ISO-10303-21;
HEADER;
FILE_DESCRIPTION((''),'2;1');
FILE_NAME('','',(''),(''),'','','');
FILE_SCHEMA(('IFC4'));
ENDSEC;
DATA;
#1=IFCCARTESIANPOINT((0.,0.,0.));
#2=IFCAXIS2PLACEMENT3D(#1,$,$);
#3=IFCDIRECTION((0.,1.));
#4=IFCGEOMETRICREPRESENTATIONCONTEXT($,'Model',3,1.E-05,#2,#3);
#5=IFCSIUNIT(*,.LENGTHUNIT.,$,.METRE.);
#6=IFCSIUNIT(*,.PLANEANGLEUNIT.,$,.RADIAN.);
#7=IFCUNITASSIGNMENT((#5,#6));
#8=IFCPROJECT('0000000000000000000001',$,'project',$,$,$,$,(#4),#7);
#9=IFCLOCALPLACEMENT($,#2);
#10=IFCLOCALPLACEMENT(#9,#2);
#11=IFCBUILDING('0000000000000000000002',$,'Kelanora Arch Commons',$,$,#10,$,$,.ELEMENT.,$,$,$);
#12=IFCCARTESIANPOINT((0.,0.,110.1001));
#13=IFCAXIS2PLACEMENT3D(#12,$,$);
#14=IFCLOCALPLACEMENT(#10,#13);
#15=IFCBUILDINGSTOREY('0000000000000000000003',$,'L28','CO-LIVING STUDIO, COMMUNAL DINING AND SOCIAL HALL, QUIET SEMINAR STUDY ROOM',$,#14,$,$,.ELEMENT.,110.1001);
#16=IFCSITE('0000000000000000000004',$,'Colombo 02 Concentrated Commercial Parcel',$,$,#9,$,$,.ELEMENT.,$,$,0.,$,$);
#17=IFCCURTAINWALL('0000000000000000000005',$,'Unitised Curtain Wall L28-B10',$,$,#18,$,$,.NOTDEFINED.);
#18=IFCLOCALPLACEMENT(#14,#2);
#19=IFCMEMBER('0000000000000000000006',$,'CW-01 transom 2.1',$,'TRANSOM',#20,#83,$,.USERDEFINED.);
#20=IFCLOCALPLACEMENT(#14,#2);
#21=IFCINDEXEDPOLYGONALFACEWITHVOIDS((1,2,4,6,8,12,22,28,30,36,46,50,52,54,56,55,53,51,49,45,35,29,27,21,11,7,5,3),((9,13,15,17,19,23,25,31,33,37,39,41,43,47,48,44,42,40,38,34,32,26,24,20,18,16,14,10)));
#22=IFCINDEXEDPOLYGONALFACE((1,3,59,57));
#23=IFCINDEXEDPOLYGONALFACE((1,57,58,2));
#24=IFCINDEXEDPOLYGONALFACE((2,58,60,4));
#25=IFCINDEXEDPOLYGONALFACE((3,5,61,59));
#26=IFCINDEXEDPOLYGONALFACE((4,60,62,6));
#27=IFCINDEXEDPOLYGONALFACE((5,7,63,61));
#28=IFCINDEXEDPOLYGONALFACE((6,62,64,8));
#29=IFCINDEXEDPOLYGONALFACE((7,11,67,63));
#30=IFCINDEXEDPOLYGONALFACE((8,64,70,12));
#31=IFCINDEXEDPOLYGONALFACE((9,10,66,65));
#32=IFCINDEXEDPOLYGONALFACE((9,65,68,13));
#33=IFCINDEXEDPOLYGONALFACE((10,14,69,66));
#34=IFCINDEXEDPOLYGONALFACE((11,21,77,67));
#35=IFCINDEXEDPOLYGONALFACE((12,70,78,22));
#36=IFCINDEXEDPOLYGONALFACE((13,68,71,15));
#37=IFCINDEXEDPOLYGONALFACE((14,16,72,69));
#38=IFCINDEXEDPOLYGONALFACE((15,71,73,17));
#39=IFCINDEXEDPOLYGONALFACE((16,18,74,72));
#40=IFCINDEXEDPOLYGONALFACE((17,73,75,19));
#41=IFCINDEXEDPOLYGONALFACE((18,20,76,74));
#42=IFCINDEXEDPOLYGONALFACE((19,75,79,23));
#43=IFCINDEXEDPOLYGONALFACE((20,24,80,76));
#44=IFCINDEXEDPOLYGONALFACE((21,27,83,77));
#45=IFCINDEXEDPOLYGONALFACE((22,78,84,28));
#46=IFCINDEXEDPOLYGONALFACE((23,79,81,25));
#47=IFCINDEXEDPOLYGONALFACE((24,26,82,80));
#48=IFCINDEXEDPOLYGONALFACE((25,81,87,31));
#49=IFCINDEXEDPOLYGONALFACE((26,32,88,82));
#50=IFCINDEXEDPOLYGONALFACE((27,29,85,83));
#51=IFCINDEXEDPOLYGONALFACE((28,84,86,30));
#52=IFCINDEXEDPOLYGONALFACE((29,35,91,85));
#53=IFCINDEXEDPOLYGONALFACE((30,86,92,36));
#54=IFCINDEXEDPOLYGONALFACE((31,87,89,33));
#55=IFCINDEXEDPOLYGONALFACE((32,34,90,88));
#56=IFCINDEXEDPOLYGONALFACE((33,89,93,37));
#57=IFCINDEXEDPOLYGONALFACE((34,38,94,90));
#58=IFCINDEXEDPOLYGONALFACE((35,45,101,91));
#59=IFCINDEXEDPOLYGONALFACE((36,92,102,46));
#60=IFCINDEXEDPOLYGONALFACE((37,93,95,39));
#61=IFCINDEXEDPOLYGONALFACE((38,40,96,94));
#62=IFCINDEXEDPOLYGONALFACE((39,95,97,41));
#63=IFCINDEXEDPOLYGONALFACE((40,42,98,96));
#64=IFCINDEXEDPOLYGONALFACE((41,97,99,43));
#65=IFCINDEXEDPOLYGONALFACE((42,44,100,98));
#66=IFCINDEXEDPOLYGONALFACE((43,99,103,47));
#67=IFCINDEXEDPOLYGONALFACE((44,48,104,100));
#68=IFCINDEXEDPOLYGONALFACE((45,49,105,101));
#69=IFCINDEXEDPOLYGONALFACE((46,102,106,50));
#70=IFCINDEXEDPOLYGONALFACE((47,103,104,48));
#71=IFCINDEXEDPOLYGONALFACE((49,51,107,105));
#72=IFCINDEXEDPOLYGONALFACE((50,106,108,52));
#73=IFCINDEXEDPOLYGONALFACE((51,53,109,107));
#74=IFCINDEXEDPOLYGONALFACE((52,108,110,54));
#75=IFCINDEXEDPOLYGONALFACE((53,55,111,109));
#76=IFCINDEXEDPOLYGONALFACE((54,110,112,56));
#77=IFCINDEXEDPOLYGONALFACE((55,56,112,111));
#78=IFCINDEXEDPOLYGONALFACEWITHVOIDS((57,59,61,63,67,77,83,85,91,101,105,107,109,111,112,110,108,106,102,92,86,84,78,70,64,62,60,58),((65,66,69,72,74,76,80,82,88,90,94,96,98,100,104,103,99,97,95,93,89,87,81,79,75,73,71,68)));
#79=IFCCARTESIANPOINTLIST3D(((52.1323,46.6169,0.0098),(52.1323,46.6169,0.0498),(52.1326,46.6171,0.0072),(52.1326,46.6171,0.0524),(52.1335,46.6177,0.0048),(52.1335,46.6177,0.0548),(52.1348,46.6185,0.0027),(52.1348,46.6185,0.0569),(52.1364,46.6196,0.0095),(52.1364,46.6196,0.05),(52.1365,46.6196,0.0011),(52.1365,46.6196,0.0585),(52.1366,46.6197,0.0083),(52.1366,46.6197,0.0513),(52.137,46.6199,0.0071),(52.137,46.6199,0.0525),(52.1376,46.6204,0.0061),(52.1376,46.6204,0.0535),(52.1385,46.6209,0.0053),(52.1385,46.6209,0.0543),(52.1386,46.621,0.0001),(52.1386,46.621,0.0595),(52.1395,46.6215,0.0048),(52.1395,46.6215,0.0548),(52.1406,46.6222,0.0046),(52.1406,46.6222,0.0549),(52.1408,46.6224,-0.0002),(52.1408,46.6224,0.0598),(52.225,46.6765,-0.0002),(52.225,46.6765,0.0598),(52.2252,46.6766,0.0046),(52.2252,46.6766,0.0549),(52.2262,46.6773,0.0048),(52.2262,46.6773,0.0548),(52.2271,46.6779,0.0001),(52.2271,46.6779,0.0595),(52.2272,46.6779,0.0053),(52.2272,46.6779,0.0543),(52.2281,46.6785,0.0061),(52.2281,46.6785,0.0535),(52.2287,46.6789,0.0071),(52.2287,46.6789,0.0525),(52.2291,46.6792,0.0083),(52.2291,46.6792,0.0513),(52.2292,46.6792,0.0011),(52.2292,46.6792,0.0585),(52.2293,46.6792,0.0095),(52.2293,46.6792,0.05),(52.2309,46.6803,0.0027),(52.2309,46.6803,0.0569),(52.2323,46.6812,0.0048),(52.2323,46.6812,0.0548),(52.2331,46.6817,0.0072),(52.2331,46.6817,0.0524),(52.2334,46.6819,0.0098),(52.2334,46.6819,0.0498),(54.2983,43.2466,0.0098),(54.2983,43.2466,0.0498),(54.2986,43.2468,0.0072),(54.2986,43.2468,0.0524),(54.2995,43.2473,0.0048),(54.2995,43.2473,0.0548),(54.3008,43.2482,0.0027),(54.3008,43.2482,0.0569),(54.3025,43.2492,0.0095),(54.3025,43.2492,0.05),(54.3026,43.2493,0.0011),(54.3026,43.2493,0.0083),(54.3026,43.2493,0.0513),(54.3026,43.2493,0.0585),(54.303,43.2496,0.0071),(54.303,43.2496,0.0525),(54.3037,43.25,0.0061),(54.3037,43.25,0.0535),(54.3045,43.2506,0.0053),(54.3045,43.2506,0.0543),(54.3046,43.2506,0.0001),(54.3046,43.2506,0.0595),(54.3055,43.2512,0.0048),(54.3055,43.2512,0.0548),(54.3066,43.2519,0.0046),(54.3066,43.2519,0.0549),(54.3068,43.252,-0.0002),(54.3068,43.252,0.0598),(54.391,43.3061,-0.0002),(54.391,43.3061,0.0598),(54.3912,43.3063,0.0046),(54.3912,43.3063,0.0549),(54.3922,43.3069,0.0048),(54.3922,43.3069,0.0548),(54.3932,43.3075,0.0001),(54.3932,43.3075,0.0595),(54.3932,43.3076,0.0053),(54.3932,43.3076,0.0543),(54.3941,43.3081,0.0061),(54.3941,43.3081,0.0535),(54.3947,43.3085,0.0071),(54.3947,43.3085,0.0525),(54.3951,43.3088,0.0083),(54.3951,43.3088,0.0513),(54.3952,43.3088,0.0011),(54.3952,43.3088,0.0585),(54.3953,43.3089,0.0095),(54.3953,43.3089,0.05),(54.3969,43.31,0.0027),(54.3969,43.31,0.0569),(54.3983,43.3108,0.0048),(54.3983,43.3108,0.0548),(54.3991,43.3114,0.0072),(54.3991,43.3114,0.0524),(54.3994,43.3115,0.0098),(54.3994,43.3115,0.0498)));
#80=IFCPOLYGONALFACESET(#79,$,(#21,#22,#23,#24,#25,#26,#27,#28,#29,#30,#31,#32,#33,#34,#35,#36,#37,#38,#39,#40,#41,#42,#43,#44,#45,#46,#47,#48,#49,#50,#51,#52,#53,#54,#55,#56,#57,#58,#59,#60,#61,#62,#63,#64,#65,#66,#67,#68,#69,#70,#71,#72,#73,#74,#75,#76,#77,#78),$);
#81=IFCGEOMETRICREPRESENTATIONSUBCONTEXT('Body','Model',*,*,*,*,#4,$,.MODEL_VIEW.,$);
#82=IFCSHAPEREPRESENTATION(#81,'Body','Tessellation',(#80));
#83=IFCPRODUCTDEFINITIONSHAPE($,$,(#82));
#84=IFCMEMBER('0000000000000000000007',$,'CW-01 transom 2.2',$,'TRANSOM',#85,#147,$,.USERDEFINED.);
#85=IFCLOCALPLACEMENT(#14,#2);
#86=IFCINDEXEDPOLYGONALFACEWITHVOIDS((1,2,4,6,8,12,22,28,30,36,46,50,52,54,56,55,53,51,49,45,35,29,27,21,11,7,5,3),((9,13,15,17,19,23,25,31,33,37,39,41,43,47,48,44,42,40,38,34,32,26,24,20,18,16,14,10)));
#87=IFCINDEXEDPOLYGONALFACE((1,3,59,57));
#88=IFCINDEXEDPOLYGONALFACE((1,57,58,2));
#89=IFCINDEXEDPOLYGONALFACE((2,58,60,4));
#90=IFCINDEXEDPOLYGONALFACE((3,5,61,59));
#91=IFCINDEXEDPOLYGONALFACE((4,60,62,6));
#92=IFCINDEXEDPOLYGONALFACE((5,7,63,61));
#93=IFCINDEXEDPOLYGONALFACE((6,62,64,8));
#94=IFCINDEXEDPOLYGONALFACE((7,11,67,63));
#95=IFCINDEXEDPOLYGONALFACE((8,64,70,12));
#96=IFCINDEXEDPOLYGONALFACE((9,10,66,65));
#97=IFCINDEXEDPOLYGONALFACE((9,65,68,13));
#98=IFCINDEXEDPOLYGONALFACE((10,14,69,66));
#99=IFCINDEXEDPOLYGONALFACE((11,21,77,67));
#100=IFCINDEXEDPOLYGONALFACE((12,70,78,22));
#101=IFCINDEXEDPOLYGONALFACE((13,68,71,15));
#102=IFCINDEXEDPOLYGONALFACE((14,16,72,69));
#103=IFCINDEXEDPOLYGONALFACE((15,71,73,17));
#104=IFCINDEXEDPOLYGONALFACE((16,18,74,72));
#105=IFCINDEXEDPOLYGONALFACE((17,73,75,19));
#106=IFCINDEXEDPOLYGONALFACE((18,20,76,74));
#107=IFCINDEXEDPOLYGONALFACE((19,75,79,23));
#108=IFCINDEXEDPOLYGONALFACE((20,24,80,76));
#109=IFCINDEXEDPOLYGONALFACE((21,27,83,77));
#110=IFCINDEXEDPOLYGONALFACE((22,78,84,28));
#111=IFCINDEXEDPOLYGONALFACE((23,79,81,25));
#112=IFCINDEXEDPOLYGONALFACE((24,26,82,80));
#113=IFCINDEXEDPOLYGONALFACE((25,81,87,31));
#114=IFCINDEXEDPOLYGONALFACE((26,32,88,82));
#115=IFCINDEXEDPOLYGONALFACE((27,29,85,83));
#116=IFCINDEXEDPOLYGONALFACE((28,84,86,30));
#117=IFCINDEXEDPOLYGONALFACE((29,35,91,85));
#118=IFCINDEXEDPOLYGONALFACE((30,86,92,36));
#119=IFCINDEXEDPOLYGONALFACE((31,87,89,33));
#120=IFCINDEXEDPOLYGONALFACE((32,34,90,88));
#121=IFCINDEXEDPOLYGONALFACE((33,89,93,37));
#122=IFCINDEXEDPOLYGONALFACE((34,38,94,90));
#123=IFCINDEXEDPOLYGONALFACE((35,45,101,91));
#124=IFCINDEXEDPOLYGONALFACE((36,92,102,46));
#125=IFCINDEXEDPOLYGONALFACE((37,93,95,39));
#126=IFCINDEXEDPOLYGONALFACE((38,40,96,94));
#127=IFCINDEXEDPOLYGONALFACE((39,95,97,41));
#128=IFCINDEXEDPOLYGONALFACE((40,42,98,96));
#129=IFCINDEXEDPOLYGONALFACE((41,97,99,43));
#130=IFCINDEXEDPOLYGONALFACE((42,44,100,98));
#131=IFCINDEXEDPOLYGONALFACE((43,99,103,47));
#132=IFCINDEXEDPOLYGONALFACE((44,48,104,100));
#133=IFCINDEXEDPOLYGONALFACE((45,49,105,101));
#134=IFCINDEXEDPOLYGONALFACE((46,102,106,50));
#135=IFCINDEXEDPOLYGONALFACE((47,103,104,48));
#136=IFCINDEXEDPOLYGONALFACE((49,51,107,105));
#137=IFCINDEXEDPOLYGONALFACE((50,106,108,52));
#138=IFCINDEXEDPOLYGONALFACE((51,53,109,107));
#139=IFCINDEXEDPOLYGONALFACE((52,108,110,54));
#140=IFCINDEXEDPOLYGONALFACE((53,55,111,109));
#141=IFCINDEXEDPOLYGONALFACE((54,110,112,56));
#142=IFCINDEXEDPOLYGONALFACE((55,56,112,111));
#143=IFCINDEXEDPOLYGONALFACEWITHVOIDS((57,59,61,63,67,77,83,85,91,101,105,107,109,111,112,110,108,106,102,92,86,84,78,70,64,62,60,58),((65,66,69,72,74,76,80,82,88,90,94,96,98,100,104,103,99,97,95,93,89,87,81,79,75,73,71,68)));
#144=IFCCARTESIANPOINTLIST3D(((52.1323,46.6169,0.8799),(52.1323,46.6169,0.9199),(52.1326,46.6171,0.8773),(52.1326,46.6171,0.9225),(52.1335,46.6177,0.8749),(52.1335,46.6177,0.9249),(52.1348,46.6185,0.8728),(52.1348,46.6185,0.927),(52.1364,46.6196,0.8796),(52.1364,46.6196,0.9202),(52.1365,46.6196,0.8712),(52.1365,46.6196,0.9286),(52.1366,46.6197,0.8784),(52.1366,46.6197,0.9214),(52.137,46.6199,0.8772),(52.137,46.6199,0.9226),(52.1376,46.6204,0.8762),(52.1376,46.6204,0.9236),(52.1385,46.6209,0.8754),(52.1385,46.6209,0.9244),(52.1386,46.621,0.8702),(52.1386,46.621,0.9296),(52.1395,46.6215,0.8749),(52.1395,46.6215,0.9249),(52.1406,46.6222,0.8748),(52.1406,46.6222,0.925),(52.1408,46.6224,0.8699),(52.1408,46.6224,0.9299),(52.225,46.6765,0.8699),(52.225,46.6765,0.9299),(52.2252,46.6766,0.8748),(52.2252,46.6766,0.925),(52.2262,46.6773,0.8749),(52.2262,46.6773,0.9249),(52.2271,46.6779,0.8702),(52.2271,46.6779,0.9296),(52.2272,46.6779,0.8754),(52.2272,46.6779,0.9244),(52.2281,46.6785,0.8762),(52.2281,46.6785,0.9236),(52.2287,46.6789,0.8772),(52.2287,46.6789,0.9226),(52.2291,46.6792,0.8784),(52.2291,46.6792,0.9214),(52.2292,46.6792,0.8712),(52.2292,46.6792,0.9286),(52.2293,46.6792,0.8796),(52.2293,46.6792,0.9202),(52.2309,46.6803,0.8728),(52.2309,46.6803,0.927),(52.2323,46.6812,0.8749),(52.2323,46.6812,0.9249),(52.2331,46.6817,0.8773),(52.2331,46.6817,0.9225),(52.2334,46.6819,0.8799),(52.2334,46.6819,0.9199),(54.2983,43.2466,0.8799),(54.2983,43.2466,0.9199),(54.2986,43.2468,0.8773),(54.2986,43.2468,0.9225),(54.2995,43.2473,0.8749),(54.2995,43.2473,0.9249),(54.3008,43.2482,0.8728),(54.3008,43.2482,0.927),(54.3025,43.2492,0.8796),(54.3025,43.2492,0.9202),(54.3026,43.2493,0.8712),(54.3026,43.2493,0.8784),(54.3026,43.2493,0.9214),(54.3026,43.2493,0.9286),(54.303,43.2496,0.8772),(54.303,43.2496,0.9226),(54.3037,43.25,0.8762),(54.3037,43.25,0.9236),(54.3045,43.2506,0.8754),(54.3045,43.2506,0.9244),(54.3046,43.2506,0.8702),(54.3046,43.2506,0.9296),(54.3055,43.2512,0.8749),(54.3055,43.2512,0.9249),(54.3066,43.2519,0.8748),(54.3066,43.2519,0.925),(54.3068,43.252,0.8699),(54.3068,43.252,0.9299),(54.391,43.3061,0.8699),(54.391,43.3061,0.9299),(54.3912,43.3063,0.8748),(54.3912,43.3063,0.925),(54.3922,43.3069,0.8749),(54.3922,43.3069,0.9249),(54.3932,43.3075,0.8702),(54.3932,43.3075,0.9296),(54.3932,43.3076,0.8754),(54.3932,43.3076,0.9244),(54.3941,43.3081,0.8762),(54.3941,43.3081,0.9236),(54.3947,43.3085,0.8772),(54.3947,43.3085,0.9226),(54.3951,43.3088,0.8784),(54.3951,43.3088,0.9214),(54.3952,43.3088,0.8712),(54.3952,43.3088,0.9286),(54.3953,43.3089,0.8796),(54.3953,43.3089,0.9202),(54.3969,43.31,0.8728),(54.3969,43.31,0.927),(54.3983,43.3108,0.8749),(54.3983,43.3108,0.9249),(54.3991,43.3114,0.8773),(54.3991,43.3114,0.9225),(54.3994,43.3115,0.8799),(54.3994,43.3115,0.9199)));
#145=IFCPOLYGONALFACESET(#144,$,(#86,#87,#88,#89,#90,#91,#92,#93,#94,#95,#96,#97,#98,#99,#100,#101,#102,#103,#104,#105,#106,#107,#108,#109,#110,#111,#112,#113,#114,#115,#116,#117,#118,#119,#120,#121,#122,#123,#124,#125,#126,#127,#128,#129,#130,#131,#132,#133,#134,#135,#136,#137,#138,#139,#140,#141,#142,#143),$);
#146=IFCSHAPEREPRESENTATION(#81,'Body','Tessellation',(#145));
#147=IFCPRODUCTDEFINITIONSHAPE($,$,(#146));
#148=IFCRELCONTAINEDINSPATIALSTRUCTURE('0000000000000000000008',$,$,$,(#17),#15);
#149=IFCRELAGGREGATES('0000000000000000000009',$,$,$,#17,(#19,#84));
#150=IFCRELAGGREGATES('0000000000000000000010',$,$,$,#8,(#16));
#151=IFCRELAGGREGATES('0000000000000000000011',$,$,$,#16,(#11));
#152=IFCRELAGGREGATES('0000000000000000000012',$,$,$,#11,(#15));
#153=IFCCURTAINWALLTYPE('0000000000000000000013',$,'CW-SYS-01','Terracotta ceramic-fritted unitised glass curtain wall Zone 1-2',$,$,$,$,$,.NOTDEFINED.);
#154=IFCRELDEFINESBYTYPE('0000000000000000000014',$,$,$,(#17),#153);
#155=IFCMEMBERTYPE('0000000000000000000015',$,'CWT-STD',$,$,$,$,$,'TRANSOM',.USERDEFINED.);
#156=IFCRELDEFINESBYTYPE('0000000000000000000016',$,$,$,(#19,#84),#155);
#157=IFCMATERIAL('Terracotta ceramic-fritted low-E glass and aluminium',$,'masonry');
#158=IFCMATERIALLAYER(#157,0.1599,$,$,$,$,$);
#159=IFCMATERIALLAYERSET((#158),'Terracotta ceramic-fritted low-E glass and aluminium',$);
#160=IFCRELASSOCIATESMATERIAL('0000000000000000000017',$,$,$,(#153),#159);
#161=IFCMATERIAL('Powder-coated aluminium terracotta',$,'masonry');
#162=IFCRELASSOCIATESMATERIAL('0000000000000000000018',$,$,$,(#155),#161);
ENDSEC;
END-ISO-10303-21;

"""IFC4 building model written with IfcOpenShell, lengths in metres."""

from ifc_helpers import new_model, si_unit, direction, frame, origin, origin_2d, place, context, subcontext, project, spatial, hollow_rectangle, extrude, material, layer, layer_set, material_profile, profile_set, type_object, element, aggregate, save


model = new_model("IFC4")

# Units and contexts
model_context = context("Model", 3, precision=1e-05, world=origin(), true_north=direction((0.0, 1.0)))
body_context = subcontext(model_context, "Body", "Model", "MODEL_VIEW")
ifc_project = project(units=[si_unit("LENGTHUNIT", "METRE"), si_unit("PLANEANGLEUNIT", "RADIAN")], contexts=[model_context])

# Site, building, storey
site_placement = place(None, origin())
site = spatial("IfcSite", under=ifc_project, at=site_placement, Name="Colombo 02 Concentrated Commercial Parcel", CompositionType="ELEMENT", RefElevation=0.0)
building_placement = place(site_placement, origin())
building = spatial("IfcBuilding", under=site, at=building_placement, Name="Kelanora Arch Commons", CompositionType="ELEMENT")
storey_placement = place(building_placement, frame((0.0, 0.0, 110.1001)))
storey = spatial("IfcBuildingStorey", under=building, at=storey_placement, Name="L28", Description="CO-LIVING STUDIO, COMMUNAL DINING AND SOCIAL HALL, QUIET SEMINAR STUDY ROOM", CompositionType="ELEMENT", Elevation=110.1001)

# Shared definitions
ifc_material_1 = material(Name="Terracotta ceramic-fritted low-E glass and aluminium", Category="masonry")
ifc_layer_1 = layer(ifc_material_1, 0.1599)
ifc_layer_set_1 = layer_set([ifc_layer_1], Name="Terracotta ceramic-fritted low-E glass and aluminium")
curtain_wall_type = type_object("IfcCurtainWallType", Name="CW-SYS-01", Description="Terracotta ceramic-fritted unitised glass curtain wall Zone 1-2", PredefinedType="NOTDEFINED", material=ifc_layer_set_1)
ifc_material_2 = material(Name="Powder-coated aluminium terracotta", Category="masonry")

# Curtain wall, members
curtain_wall_1_placement = place(storey_placement, origin())
curtain_wall_1 = element("IfcCurtainWall", 1, at=curtain_wall_1_placement, inside=storey, type_object=curtain_wall_type, Name="Unitised Curtain Wall L28-B10", PredefinedType="NOTDEFINED")
ifc_material_profile_1 = material_profile(ifc_material_2, hollow_rectangle(XDim=0.1201, YDim=0.0601, WallThickness=0.0049, InnerFilletRadius=0.0049, OuterFilletRadius=0.01, at=origin_2d()), Name="CWT120x60")
ifc_profile_set_1 = profile_set([ifc_material_profile_1], Name="Powder-coated aluminium terracotta")
member_type_1 = type_object("IfcMemberType", Name="CWT-STD", ElementType="TRANSOM", PredefinedType="USERDEFINED", material=ifc_profile_set_1)
member_1_placement = place(storey_placement, frame((52.1829, 46.6494, 0.0298), z_axis=(0.540644, -0.841252, 0.0), x_axis=(0.841252, 0.540644, 0.0)))
member_1 = element("IfcMember", 2, at=member_1_placement, type_object=member_type_1, Name="CW-01 transom 2.1", ObjectType="TRANSOM", PredefinedType="USERDEFINED", context=body_context, shape_type="SweptSolid", body=[
    extrude(hollow_rectangle(XDim=0.1201, YDim=0.0601, WallThickness=0.0049, InnerFilletRadius=0.0049, OuterFilletRadius=0.01, at=origin_2d()), origin(), (0.0, 0.0, 1.0), 4.0063),
])
member_2_placement = place(storey_placement, frame((52.1829, 46.6494, 0.8999), z_axis=(0.540644, -0.841252, 0.0), x_axis=(0.841252, 0.540644, 0.0)))
member_2 = element("IfcMember", 3, at=member_2_placement, type_object=member_type_1, Name="CW-01 transom 2.2", ObjectType="TRANSOM", PredefinedType="USERDEFINED", context=body_context, shape_type="SweptSolid", body=[
    extrude(hollow_rectangle(XDim=0.1201, YDim=0.0601, WallThickness=0.0049, InnerFilletRadius=0.0049, OuterFilletRadius=0.01, at=origin_2d()), origin(), (0.0, 0.0, 1.0), 4.0063),
])

aggregate(curtain_wall_1, [member_1, member_2])

save(model, "model.ifc")
